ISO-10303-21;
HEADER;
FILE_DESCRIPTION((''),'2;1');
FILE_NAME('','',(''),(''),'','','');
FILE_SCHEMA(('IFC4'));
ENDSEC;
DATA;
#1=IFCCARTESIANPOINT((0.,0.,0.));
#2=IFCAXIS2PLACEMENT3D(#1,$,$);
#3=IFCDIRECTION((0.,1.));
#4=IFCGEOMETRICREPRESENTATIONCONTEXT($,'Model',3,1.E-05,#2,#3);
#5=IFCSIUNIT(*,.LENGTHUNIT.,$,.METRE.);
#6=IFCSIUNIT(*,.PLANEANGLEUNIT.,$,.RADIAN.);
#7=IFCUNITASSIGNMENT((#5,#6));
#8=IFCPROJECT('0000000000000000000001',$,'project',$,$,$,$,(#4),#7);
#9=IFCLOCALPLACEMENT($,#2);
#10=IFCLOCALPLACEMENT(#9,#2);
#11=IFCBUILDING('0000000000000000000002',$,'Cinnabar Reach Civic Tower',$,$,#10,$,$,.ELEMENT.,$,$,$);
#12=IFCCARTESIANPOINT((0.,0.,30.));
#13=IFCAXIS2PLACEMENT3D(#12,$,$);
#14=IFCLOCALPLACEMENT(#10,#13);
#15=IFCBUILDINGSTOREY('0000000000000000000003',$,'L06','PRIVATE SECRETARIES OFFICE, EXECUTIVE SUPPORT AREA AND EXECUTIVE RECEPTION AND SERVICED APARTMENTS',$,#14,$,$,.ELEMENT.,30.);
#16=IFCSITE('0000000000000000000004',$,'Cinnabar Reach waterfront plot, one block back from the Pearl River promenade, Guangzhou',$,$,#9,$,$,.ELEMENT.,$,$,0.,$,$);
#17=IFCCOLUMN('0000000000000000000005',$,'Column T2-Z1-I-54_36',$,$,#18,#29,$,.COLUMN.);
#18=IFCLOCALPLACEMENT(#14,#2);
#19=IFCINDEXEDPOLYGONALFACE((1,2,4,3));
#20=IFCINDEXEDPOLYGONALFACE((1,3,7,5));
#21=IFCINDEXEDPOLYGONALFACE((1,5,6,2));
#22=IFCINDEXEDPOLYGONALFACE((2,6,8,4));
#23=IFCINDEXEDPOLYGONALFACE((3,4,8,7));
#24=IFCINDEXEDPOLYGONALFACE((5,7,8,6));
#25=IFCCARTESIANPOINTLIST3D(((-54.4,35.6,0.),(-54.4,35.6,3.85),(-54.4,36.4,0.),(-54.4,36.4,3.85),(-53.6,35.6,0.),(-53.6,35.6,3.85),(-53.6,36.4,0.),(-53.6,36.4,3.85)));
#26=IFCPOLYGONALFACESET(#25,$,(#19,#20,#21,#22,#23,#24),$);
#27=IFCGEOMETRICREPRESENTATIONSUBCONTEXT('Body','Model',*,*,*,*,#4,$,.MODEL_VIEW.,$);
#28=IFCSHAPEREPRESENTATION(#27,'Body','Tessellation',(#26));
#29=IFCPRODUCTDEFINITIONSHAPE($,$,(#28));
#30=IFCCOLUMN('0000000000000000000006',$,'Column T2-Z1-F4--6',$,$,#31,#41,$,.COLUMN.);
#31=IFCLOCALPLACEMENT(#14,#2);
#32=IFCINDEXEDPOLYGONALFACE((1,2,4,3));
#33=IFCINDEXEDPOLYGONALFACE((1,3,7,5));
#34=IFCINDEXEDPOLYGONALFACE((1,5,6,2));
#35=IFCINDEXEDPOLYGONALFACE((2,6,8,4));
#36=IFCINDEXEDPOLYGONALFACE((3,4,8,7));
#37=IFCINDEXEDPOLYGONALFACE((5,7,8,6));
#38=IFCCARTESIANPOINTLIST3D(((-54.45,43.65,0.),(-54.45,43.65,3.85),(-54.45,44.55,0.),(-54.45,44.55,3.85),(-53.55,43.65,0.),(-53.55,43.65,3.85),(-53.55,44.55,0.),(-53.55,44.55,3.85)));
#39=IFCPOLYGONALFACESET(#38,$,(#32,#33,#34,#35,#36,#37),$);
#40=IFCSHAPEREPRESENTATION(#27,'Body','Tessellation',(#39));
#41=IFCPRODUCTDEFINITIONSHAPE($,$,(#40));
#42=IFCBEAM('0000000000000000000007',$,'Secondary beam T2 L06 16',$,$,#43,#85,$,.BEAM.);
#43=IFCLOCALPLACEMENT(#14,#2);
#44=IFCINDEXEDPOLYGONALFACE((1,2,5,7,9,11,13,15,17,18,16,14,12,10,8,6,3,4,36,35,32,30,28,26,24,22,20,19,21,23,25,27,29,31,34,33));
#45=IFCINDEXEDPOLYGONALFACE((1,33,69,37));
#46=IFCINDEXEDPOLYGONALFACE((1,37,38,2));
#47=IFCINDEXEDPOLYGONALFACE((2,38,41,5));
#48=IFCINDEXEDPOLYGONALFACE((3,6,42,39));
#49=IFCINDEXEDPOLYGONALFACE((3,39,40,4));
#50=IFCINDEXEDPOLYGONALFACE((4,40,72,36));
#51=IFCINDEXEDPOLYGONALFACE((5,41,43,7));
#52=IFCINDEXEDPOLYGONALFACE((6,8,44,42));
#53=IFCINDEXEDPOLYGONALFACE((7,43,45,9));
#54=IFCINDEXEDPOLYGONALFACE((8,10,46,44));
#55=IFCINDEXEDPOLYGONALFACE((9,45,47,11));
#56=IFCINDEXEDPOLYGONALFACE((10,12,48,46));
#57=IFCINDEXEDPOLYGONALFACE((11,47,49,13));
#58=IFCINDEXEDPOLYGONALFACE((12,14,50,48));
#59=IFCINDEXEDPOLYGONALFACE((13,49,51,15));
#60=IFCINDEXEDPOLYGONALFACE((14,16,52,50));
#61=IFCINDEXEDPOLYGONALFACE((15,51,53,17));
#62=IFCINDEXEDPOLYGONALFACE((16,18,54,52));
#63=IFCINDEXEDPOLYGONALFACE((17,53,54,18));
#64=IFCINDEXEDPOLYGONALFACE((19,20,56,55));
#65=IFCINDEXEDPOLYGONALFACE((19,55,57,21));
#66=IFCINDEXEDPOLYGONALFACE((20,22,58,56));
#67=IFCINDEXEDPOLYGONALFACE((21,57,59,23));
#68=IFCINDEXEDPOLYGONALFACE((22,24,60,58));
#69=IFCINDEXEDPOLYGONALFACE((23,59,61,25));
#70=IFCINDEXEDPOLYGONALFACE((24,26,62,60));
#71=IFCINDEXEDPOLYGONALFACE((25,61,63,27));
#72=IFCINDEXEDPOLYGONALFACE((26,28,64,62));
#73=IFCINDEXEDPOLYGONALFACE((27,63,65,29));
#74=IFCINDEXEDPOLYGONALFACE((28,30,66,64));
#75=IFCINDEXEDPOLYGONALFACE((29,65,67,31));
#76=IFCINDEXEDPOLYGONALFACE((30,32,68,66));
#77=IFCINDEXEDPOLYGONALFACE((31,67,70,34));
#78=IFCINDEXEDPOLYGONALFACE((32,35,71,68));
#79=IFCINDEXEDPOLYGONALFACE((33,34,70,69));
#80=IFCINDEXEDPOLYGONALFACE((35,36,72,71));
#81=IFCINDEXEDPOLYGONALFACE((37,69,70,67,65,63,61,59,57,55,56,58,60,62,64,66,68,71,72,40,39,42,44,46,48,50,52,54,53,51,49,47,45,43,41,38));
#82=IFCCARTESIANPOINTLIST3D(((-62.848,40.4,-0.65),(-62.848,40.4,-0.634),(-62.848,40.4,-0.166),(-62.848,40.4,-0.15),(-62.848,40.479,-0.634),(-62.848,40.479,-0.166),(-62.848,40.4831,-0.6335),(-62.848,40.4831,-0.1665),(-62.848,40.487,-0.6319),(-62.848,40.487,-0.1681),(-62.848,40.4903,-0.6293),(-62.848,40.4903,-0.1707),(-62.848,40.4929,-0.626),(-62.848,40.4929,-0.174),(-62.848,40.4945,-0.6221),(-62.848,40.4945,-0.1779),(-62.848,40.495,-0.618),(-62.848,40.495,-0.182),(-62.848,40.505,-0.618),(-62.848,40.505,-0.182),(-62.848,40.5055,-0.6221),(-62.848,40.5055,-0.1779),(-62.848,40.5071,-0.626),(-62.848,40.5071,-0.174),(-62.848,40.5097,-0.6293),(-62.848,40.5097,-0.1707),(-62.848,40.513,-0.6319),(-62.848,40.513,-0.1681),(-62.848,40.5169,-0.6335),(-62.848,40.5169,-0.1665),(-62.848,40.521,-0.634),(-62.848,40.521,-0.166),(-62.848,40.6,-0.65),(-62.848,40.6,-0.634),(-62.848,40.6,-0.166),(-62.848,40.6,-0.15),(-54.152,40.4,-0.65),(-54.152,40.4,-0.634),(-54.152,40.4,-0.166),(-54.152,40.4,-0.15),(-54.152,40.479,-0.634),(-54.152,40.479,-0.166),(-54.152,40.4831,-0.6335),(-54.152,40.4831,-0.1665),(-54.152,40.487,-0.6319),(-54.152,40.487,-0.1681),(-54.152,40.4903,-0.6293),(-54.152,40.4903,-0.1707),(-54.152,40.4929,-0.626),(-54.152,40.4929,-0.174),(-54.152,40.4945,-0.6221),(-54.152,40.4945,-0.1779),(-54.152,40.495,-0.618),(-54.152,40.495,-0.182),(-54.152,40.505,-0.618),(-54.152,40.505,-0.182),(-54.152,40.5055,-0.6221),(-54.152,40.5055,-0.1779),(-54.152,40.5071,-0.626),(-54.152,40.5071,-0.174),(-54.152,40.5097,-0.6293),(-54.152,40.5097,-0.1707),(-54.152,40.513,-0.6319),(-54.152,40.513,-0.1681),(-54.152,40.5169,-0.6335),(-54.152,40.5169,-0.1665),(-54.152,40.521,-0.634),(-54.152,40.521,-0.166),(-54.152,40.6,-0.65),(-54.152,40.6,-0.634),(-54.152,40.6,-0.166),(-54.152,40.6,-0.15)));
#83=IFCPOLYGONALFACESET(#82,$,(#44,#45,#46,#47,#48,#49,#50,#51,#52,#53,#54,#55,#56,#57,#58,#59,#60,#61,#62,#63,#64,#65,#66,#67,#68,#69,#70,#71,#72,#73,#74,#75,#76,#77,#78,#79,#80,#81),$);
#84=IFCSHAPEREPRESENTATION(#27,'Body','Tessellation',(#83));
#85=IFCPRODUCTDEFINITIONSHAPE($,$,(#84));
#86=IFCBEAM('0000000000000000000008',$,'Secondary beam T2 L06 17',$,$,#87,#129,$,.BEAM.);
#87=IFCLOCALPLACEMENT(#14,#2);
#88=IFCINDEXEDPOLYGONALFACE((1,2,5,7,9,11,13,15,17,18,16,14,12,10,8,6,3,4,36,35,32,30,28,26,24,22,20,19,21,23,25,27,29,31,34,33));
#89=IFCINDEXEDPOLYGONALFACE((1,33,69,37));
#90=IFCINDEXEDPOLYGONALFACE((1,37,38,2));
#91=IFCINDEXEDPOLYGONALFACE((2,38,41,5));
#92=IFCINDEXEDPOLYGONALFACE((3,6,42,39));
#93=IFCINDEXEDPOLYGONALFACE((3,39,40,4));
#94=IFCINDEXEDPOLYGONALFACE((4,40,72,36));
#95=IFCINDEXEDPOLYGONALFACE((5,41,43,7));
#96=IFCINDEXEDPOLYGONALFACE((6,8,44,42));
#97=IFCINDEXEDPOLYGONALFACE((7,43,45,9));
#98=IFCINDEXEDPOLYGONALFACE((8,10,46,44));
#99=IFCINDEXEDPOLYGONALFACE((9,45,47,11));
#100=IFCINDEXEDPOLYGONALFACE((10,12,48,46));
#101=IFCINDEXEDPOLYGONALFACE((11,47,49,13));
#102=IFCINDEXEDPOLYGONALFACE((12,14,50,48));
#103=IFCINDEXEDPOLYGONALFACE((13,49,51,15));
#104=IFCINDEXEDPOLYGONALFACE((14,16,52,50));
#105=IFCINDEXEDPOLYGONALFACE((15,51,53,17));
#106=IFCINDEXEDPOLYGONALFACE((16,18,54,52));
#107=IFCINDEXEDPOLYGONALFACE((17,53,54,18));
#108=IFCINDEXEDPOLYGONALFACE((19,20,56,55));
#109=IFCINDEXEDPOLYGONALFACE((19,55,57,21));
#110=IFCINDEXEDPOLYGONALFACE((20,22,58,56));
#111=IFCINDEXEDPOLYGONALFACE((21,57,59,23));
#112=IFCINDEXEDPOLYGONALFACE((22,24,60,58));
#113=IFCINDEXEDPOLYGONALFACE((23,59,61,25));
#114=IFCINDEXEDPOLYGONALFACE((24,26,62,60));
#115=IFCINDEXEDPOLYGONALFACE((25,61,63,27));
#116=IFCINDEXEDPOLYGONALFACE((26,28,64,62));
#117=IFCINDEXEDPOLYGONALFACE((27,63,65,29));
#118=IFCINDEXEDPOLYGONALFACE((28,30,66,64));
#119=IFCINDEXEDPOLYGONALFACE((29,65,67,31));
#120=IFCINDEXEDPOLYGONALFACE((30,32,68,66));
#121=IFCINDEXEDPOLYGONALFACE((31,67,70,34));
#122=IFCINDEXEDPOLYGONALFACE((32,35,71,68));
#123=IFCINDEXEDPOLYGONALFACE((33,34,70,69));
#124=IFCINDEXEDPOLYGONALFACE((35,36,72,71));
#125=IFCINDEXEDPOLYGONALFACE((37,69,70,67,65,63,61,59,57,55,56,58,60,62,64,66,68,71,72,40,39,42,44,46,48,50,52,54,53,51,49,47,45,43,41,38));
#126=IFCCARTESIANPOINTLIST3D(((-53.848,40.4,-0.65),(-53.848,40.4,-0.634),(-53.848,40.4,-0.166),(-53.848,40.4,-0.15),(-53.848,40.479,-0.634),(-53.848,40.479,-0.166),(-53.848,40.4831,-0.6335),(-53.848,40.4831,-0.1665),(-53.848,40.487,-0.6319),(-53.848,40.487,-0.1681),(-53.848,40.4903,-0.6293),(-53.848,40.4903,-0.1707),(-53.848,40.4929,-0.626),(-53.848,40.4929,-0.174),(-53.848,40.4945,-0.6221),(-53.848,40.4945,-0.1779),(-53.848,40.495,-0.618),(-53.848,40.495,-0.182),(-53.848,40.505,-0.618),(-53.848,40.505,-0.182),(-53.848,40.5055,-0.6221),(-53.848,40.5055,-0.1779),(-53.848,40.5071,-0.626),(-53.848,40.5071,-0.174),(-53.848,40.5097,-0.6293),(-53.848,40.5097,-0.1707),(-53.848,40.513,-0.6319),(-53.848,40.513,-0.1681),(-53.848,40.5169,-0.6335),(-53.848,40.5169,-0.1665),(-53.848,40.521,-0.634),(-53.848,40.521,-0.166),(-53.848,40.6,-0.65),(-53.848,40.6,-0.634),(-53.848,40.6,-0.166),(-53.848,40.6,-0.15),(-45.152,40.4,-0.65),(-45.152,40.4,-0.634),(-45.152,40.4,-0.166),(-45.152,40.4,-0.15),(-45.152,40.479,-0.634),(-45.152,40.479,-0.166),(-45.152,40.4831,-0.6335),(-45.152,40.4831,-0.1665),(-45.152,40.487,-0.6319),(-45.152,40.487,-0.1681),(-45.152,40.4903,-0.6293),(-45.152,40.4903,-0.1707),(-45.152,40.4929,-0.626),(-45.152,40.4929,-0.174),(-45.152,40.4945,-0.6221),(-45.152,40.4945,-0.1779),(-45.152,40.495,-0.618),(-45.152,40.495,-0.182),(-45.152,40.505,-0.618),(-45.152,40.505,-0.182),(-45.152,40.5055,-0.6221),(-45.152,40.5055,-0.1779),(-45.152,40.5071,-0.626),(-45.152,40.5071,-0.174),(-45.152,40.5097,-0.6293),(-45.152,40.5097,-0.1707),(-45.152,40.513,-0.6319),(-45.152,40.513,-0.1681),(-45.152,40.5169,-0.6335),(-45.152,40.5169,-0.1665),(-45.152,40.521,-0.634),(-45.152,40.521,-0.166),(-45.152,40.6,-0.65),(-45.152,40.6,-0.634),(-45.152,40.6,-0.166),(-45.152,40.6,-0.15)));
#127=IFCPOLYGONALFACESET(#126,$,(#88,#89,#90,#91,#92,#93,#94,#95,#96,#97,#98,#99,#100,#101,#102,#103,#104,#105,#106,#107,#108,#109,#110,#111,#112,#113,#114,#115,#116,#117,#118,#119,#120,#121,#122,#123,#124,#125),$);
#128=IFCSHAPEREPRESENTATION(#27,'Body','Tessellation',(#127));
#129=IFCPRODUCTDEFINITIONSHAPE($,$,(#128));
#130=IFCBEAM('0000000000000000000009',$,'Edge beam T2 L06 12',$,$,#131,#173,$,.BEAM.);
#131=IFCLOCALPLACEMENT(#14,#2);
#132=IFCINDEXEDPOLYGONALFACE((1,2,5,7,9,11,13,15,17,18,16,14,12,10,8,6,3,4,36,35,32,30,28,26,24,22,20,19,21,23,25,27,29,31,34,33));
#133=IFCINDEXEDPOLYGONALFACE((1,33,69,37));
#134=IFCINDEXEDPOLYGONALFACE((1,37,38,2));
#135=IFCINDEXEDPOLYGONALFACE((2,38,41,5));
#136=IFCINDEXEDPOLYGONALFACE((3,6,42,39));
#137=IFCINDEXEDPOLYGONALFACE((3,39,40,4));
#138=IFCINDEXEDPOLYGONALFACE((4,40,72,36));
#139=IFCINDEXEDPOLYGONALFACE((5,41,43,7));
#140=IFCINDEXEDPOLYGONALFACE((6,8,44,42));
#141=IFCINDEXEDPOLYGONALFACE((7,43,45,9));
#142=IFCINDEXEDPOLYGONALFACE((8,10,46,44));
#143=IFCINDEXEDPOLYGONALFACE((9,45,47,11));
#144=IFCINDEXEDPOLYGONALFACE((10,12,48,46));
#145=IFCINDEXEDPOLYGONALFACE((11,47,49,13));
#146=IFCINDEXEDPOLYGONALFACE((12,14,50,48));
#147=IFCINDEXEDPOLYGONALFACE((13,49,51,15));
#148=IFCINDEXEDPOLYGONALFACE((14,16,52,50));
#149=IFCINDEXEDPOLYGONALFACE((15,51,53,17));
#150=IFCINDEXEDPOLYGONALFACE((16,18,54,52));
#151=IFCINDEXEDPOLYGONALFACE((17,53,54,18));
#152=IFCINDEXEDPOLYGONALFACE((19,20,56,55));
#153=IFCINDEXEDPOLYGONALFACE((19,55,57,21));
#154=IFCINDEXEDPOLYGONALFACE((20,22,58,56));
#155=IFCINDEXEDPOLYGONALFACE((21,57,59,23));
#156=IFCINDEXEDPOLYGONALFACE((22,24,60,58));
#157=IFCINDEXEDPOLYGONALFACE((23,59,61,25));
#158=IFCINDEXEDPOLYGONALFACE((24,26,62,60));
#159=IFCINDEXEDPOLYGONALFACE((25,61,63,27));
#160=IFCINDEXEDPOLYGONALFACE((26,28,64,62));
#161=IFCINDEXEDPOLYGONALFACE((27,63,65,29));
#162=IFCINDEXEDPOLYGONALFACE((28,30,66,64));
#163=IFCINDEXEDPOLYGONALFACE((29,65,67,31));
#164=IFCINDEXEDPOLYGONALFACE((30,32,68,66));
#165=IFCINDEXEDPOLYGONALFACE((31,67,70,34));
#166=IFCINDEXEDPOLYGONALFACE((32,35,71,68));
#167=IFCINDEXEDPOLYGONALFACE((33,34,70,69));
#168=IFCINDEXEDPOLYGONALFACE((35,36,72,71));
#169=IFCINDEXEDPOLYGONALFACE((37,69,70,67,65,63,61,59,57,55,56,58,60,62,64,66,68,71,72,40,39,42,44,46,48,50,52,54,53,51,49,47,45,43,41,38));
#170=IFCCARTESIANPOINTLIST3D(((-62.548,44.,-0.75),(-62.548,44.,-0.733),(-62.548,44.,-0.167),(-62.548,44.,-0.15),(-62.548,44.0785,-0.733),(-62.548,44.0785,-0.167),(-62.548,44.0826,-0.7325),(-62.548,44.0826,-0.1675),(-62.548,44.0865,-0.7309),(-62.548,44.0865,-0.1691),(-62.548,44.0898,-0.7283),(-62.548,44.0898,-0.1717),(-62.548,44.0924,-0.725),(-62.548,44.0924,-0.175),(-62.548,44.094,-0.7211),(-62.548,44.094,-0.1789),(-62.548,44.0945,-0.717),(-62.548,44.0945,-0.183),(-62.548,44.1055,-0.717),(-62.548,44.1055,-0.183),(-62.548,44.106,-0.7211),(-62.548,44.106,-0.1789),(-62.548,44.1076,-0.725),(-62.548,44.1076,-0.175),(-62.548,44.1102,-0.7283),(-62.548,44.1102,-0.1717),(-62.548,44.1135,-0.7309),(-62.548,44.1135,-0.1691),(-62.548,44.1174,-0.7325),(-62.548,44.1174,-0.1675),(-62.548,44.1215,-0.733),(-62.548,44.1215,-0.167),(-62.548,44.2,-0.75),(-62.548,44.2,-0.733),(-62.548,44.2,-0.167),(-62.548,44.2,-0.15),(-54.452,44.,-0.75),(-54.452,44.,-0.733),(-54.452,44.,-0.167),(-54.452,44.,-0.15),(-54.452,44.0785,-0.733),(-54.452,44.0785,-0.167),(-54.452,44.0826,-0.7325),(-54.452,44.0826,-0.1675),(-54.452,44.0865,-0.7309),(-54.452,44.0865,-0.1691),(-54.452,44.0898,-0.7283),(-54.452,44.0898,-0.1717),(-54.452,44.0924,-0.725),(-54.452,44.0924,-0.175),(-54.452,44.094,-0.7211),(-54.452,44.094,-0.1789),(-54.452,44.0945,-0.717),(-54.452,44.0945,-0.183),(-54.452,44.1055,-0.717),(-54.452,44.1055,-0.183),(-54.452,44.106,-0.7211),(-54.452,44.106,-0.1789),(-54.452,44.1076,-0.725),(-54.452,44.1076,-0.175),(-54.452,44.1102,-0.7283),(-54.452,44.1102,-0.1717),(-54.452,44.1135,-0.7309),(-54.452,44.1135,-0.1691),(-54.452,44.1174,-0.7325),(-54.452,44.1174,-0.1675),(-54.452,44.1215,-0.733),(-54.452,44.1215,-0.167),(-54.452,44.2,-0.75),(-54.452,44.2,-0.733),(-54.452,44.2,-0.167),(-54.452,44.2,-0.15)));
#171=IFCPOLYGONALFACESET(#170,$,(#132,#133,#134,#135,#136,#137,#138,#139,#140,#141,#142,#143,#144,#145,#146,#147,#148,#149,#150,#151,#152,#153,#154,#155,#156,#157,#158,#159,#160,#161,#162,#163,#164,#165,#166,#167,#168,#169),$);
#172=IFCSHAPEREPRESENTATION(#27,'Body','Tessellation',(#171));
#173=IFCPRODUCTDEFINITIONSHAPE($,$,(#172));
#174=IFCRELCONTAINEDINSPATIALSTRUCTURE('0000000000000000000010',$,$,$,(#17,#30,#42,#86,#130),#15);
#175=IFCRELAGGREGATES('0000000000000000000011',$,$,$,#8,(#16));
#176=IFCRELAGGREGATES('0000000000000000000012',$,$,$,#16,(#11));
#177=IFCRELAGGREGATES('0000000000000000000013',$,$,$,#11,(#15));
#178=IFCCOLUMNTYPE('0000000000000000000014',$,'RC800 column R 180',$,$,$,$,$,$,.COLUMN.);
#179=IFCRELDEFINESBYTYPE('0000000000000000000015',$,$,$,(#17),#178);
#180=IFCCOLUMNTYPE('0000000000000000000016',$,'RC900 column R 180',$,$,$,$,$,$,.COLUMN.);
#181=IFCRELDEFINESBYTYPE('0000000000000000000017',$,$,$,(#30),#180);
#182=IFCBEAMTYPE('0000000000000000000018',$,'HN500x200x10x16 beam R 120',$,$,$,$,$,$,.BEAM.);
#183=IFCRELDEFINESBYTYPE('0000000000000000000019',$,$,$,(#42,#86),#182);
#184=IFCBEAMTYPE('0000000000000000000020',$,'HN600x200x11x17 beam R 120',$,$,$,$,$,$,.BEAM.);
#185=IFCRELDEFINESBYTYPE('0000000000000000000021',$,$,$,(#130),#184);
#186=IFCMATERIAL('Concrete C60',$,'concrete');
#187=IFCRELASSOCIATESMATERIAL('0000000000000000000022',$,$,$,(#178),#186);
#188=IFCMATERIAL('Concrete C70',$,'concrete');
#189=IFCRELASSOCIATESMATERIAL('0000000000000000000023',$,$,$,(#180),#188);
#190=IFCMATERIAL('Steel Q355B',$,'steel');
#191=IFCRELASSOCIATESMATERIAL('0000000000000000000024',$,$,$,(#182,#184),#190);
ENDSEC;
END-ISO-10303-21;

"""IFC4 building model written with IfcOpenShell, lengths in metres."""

from ifc_helpers import new_model, si_unit, direction, frame, origin, origin_2d, place, context, subcontext, project, spatial, rectangle, i_section, extrude, material, material_profile, profile_set, type_object, element, save


model = new_model("IFC4")

# Units and contexts
model_context = context("Model", 3, precision=1e-05, world=origin(), true_north=direction((0.0, 1.0)))
body_context = subcontext(model_context, "Body", "Model", "MODEL_VIEW")
ifc_project = project(units=[si_unit("LENGTHUNIT", "METRE"), si_unit("PLANEANGLEUNIT", "RADIAN")], contexts=[model_context])

# Site, building, storey
site_placement = place(None, origin())
site = spatial("IfcSite", under=ifc_project, at=site_placement, Name="Cinnabar Reach waterfront plot, one block back from the Pearl River promenade, Guangzhou", CompositionType="ELEMENT", RefElevation=0.0)
building_placement = place(site_placement, origin())
building = spatial("IfcBuilding", under=site, at=building_placement, Name="Cinnabar Reach Civic Tower", CompositionType="ELEMENT")
storey_placement = place(building_placement, frame((0.0, 0.0, 30.0)))
storey = spatial("IfcBuildingStorey", under=building, at=storey_placement, Name="L06", Description="PRIVATE SECRETARIES OFFICE, EXECUTIVE SUPPORT AREA AND EXECUTIVE RECEPTION AND SERVICED APARTMENTS", CompositionType="ELEMENT", Elevation=30.0)

# Columns
ifc_material_1 = material(Name="Concrete C60", Category="concrete")
ifc_material_profile_1 = material_profile(ifc_material_1, rectangle(XDim=0.8, YDim=0.8, at=origin_2d()), Name="RC800")
ifc_profile_set_1 = profile_set([ifc_material_profile_1], Name="Concrete C60")
column_type_1 = type_object("IfcColumnType", Name="RC800 column R 180", PredefinedType="COLUMN", material=ifc_profile_set_1)
column_1_placement = place(storey_placement, frame((-54.0, 36.0, 0.0), z_axis=(0.0, 0.0, 1.0), x_axis=(1.0, 0.0, 0.0)))
element("IfcColumn", 1, at=column_1_placement, inside=storey, type_object=column_type_1, Name="Column T2-Z1-I-54_36", PredefinedType="COLUMN", context=body_context, shape_type="SweptSolid", body=[
    extrude(rectangle(XDim=0.8, YDim=0.8, at=origin_2d()), origin(), (0.0, 0.0, 1.0), 3.85),
])
ifc_material_2 = material(Name="Concrete C70", Category="concrete")
ifc_material_profile_2 = material_profile(ifc_material_2, rectangle(XDim=0.9, YDim=0.9, at=origin_2d()), Name="RC900")
ifc_profile_set_2 = profile_set([ifc_material_profile_2], Name="Concrete C70")
column_type_2 = type_object("IfcColumnType", Name="RC900 column R 180", PredefinedType="COLUMN", material=ifc_profile_set_2)
column_2_placement = place(storey_placement, frame((-54.0, 44.1, 0.0), z_axis=(0.0, 0.0, 1.0), x_axis=(1.0, 0.0, 0.0)))
element("IfcColumn", 2, at=column_2_placement, inside=storey, type_object=column_type_2, Name="Column T2-Z1-F4--6", PredefinedType="COLUMN", context=body_context, shape_type="SweptSolid", body=[
    extrude(rectangle(XDim=0.9, YDim=0.9, at=origin_2d()), origin(), (0.0, 0.0, 1.0), 3.85),
])

# Beams
ifc_material_3 = material(Name="Steel Q355B", Category="steel")
ifc_material_profile_3 = material_profile(ifc_material_3, i_section(OverallWidth=0.2, OverallDepth=0.5, WebThickness=0.01, FlangeThickness=0.016, FilletRadius=0.016, at=origin_2d()), Name="HN500x200x10x16")
ifc_profile_set_3 = profile_set([ifc_material_profile_3], Name="Steel Q355B")
beam_type_1 = type_object("IfcBeamType", Name="HN500x200x10x16 beam R 120", PredefinedType="BEAM", material=ifc_profile_set_3)
for number, where, z_axis, x_axis, name in (
    (3, (-62.848, 40.5, -0.4), (1.0, 0.0, 0.0), (0.0, 1.0, 0.0), "Secondary beam T2 L06 16"),
    (4, (-53.848, 40.5, -0.4), (1.0, 0.0, 0.0), (0.0, 1.0, 0.0), "Secondary beam T2 L06 17"),
):
    element("IfcBeam", number, at=place(storey_placement, frame(where, z_axis=z_axis, x_axis=x_axis)), inside=storey, type_object=beam_type_1, Name=name, PredefinedType="BEAM", context=body_context, shape_type="SweptSolid", body=[
        extrude(i_section(OverallWidth=0.2, OverallDepth=0.5, WebThickness=0.01, FlangeThickness=0.016, FilletRadius=0.016, at=origin_2d()), origin(), (0.0, 0.0, 1.0), 8.696),
    ])
ifc_material_profile_4 = material_profile(ifc_material_3, i_section(OverallWidth=0.2, OverallDepth=0.6, WebThickness=0.011, FlangeThickness=0.017, FilletRadius=0.016, at=origin_2d()), Name="HN600x200x11x17")
ifc_profile_set_4 = profile_set([ifc_material_profile_4], Name="Steel Q355B")
beam_type_2 = type_object("IfcBeamType", Name="HN600x200x11x17 beam R 120", PredefinedType="BEAM", material=ifc_profile_set_4)
beam_1_placement = place(storey_placement, frame((-54.452, 44.1, -0.45), z_axis=(-1.0, 0.0, 0.0), x_axis=(0.0, -1.0, 0.0)))
element("IfcBeam", 5, at=beam_1_placement, inside=storey, type_object=beam_type_2, Name="Edge beam T2 L06 12", PredefinedType="BEAM", context=body_context, shape_type="SweptSolid", body=[
    extrude(i_section(OverallWidth=0.2, OverallDepth=0.6, WebThickness=0.011, FlangeThickness=0.017, FilletRadius=0.016, at=origin_2d()), origin(), (0.0, 0.0, 1.0), 8.096),
])

save(model, "model.ifc")
